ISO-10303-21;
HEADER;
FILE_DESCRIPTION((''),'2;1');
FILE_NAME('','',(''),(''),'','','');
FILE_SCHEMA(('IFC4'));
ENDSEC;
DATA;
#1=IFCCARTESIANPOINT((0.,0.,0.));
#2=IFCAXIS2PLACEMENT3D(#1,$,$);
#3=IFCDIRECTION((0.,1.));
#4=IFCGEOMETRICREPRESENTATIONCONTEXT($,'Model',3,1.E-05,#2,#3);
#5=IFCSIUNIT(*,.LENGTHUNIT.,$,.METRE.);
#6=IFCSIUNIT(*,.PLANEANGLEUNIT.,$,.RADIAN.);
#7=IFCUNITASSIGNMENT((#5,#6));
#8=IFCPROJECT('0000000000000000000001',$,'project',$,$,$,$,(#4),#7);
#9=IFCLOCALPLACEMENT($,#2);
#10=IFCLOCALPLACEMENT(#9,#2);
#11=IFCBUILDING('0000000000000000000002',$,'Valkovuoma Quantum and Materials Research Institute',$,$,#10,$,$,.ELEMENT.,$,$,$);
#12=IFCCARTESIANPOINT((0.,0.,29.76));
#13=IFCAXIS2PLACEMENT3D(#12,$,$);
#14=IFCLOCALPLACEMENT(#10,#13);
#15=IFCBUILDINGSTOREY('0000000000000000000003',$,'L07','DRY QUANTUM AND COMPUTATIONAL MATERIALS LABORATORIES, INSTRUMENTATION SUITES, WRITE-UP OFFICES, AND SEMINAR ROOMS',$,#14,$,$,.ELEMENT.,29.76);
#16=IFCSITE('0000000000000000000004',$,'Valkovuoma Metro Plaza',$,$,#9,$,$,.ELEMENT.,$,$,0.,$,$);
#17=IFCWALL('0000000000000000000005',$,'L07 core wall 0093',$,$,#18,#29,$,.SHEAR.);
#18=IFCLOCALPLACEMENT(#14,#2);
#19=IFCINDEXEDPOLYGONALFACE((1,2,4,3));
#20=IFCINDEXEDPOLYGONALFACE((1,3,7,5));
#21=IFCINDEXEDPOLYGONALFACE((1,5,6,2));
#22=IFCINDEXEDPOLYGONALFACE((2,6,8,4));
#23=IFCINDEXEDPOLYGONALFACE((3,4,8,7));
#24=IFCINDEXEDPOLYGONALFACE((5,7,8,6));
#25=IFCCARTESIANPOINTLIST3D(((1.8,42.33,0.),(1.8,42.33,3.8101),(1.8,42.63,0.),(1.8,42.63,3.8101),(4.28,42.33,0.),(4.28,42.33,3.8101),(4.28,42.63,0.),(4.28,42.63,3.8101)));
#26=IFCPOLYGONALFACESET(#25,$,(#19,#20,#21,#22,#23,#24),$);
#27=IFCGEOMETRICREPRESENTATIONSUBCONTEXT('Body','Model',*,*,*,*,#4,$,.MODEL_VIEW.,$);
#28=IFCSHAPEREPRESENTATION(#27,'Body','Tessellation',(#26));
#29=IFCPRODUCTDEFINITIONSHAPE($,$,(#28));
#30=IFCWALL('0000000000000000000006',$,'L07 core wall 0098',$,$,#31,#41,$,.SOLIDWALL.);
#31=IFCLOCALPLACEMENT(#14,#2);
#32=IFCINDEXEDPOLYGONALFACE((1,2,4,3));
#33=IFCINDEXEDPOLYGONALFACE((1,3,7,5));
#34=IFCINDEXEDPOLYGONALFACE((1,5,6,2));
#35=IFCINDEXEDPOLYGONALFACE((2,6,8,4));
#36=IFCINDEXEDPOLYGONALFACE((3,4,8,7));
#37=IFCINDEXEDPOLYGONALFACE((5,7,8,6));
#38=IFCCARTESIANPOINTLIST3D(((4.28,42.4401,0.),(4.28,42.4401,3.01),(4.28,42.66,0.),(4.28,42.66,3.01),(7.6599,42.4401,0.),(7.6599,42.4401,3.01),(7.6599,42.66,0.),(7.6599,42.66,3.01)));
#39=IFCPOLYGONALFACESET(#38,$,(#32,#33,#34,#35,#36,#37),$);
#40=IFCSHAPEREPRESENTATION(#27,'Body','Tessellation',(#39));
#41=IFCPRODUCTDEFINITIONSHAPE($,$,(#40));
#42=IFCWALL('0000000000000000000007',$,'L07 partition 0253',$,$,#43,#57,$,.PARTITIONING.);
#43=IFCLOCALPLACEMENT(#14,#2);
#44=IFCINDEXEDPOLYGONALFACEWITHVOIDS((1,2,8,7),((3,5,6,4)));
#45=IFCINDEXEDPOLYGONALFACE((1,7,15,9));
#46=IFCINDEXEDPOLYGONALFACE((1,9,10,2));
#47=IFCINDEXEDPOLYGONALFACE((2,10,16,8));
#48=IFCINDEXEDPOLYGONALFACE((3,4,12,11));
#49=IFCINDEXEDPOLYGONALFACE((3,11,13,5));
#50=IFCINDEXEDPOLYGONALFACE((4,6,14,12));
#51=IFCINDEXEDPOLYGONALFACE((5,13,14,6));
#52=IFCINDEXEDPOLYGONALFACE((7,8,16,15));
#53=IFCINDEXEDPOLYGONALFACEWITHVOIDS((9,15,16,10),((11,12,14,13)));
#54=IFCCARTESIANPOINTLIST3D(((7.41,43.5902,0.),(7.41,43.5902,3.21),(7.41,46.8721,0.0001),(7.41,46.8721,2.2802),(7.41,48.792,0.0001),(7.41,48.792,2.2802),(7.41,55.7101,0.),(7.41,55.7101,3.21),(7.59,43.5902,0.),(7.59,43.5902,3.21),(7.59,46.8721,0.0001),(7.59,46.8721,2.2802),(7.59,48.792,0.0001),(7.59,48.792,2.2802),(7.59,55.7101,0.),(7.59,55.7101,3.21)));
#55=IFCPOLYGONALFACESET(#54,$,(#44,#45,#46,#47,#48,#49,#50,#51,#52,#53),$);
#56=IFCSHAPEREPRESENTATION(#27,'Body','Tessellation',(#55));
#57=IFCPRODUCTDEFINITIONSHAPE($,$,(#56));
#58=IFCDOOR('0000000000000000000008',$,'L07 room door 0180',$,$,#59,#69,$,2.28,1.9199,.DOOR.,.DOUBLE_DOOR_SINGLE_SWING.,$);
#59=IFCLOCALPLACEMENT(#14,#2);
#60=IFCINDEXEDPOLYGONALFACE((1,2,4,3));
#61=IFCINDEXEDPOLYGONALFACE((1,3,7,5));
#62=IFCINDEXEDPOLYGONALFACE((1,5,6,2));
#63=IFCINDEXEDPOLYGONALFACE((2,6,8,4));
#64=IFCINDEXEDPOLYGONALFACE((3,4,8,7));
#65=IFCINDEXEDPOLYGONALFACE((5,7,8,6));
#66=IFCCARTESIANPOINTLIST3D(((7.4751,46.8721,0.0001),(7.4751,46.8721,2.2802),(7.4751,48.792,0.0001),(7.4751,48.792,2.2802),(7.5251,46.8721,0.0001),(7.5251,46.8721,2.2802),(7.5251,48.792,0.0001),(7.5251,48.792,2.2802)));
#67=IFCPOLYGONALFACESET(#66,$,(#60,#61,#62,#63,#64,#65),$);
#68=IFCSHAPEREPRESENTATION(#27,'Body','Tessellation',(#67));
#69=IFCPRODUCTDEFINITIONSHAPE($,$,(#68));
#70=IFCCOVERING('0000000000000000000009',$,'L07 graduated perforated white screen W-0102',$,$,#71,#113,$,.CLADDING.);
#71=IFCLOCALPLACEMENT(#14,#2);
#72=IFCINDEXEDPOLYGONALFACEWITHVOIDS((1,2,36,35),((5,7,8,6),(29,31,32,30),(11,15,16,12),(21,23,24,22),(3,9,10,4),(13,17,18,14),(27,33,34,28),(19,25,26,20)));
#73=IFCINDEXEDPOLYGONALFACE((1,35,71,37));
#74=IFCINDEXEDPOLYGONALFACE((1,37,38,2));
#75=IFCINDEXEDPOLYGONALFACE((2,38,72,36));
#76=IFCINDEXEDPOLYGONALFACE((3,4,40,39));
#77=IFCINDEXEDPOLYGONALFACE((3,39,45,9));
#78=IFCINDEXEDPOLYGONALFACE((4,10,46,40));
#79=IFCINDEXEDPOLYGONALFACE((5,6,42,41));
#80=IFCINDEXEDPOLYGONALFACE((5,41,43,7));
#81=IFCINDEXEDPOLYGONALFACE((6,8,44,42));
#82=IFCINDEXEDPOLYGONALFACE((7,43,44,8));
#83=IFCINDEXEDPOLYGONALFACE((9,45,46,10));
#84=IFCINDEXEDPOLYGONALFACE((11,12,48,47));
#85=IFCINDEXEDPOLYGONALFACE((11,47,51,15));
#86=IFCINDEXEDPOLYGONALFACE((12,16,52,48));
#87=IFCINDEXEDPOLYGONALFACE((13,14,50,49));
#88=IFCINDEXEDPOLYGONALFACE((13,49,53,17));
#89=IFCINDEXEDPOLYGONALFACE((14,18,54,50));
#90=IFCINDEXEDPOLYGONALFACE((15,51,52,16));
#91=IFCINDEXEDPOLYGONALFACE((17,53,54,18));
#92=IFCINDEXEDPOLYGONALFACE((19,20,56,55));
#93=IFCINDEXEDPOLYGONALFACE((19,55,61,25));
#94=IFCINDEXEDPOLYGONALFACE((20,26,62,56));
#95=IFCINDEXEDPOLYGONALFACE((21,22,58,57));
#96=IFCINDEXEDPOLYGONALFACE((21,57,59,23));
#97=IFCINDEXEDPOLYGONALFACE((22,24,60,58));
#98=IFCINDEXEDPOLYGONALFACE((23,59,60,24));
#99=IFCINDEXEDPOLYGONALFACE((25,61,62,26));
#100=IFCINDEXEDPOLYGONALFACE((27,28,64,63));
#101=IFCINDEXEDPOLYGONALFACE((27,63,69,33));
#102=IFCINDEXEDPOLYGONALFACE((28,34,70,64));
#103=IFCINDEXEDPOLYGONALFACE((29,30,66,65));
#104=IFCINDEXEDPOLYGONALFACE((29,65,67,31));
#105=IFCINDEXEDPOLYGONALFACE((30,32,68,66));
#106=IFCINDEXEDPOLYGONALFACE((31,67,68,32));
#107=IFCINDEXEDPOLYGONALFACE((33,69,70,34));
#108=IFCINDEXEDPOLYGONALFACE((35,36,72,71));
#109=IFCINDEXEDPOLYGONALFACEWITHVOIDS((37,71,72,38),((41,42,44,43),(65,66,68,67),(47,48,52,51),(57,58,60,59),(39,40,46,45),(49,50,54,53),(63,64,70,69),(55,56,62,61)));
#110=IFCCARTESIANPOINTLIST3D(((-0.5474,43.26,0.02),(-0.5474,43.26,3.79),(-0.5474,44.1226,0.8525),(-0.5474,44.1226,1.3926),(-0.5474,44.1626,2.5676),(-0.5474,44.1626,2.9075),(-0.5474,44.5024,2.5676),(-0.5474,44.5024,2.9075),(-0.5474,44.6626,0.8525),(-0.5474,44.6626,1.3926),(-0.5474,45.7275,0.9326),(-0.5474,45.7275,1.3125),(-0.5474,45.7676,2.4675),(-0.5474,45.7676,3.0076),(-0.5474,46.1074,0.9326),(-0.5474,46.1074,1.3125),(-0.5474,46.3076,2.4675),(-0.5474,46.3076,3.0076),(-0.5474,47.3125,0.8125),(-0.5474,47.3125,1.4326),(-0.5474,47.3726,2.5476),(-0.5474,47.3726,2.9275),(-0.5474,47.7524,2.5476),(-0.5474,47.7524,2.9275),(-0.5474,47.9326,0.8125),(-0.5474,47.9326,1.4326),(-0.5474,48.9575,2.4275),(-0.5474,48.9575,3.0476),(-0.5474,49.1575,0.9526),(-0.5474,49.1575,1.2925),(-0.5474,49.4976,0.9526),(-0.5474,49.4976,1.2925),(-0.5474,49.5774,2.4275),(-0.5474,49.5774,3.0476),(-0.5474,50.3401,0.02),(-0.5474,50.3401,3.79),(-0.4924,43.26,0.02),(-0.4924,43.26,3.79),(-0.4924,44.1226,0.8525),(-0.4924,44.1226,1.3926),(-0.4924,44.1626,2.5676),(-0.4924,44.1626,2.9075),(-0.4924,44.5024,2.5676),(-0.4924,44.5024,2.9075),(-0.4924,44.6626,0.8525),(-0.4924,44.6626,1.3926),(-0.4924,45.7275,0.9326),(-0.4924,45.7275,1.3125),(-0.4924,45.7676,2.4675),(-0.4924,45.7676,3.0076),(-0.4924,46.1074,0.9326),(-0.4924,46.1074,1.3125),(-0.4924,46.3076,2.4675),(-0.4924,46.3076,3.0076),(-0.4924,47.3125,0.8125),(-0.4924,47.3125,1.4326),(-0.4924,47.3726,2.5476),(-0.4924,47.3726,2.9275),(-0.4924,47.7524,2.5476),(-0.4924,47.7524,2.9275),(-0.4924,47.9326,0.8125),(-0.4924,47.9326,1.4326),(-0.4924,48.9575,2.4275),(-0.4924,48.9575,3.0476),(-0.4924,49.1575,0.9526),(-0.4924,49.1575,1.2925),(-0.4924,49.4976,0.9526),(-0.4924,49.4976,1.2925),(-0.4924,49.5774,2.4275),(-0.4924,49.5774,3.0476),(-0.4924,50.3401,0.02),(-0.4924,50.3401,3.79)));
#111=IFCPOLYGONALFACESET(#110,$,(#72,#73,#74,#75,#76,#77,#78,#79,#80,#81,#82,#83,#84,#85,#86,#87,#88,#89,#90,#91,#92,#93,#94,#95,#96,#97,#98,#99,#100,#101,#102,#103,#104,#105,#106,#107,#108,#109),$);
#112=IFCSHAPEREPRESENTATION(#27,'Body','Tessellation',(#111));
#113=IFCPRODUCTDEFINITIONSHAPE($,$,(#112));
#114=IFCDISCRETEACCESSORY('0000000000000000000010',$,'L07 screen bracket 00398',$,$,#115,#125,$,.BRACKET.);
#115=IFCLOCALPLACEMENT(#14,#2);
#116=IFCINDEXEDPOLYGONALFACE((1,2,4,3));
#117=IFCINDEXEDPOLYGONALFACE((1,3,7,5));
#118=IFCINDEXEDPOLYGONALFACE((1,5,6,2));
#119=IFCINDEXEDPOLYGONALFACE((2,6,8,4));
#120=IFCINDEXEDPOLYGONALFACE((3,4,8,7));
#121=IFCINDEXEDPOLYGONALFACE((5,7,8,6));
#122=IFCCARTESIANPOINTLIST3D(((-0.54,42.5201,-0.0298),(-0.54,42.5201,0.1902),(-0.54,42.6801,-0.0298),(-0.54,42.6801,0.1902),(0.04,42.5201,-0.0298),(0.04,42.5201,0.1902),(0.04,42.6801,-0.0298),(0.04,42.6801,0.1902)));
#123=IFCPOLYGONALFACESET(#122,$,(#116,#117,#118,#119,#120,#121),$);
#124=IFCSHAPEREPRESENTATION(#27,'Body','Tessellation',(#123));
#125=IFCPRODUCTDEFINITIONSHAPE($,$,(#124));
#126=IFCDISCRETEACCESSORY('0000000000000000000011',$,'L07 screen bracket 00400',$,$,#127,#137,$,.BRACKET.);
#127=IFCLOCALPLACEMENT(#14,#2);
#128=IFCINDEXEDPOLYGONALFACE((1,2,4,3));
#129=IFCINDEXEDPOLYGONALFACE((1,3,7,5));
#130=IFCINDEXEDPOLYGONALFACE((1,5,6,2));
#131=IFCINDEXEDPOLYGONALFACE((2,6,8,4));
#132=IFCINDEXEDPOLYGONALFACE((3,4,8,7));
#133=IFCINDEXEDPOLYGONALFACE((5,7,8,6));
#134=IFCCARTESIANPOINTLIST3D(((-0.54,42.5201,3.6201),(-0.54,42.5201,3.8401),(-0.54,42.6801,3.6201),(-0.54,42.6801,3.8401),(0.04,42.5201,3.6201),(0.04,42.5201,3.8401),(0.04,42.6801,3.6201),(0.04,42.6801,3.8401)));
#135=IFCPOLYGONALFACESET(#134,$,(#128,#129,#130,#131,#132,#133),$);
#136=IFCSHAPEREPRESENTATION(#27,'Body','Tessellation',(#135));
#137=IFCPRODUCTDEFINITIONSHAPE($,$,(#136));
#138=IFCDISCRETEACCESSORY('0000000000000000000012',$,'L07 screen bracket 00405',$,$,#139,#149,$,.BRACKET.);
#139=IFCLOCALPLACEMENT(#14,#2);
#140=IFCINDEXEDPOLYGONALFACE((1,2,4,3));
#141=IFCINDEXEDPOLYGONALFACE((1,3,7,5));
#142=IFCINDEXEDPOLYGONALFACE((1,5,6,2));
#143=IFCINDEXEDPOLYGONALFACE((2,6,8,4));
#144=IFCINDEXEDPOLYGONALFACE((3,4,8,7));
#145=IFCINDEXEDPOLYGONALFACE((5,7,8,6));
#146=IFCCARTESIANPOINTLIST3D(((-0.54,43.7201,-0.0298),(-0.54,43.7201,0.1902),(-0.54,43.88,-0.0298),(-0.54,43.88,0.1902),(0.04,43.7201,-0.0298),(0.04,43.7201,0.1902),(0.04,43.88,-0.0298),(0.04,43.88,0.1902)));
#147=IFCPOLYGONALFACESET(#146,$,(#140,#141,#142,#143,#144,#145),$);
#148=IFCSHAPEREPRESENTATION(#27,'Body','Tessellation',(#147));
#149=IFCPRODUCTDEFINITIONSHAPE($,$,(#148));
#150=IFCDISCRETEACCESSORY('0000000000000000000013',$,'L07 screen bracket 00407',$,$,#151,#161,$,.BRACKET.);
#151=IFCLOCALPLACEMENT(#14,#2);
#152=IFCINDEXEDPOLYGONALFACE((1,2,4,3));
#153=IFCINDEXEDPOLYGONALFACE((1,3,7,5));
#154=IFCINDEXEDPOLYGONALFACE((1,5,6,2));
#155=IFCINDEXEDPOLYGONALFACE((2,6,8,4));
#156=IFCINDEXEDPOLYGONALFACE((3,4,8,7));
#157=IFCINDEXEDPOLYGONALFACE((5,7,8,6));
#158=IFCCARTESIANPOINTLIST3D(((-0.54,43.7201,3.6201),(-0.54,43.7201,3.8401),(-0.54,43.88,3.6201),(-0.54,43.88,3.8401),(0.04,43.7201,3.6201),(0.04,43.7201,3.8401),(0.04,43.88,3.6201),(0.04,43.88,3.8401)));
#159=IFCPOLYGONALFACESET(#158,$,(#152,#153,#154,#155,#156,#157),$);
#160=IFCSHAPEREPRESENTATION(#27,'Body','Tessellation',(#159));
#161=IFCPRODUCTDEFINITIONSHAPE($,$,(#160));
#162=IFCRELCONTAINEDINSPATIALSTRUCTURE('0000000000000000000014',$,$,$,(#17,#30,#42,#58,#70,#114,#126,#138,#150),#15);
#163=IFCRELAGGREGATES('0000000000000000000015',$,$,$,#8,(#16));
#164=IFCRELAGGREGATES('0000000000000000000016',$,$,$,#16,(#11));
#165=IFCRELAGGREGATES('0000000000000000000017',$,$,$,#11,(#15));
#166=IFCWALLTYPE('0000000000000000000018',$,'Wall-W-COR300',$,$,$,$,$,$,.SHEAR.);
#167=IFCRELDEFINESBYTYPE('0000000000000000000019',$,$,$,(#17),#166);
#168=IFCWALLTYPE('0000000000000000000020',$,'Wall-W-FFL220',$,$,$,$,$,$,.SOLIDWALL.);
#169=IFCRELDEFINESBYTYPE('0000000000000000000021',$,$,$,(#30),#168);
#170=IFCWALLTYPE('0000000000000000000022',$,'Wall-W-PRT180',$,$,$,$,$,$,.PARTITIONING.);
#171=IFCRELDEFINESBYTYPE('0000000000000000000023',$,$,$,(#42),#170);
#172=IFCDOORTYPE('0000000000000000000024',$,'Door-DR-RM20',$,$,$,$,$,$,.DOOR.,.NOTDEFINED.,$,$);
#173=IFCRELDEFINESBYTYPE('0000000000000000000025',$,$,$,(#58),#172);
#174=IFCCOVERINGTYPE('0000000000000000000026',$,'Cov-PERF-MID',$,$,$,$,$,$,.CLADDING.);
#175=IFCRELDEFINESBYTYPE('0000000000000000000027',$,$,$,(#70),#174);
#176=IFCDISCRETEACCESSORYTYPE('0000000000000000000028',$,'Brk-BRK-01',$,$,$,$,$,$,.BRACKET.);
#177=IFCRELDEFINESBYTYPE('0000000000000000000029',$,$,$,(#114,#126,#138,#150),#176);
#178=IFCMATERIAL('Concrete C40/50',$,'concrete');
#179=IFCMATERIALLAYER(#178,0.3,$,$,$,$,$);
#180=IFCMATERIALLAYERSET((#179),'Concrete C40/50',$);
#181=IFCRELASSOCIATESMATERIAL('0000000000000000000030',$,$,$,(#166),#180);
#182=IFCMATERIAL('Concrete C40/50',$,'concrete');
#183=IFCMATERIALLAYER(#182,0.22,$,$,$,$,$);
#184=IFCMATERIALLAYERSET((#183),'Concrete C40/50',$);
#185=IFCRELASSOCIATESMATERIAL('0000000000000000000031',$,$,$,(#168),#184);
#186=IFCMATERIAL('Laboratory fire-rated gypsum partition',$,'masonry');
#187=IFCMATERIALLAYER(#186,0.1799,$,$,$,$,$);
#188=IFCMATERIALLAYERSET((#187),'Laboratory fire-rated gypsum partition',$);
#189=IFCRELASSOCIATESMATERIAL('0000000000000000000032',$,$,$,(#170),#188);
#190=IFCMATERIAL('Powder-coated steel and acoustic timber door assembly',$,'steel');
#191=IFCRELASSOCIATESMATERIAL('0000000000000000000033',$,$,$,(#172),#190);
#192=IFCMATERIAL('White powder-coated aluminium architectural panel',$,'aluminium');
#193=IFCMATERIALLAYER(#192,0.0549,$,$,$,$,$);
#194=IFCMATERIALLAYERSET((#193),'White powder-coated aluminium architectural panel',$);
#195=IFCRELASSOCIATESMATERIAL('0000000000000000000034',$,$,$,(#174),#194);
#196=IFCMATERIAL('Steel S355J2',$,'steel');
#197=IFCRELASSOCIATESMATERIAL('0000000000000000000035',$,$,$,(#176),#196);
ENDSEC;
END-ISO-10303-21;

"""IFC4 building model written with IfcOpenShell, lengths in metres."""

from ifc_helpers import new_model, si_unit, direction, frame, frame_2d, origin, origin_2d, place, context, subcontext, project, spatial, polyline, rectangle, outline, extrude, material, layer, layer_set, type_object, element, fill, save


model = new_model("IFC4")

# Units and contexts
model_context = context("Model", 3, precision=1e-05, world=origin(), true_north=direction((0.0, 1.0)))
body_context = subcontext(model_context, "Body", "Model", "MODEL_VIEW")
ifc_project = project(units=[si_unit("LENGTHUNIT", "METRE"), si_unit("PLANEANGLEUNIT", "RADIAN")], contexts=[model_context])

# Site, building, storey
site_placement = place(None, origin())
site = spatial("IfcSite", under=ifc_project, at=site_placement, Name="Valkovuoma Metro Plaza", CompositionType="ELEMENT", RefElevation=0.0)
building_placement = place(site_placement, origin())
building = spatial("IfcBuilding", under=site, at=building_placement, Name="Valkovuoma Quantum and Materials Research Institute", CompositionType="ELEMENT")
storey_placement = place(building_placement, frame((0.0, 0.0, 29.76)))
storey = spatial("IfcBuildingStorey", under=building, at=storey_placement, Name="L07", Description="DRY QUANTUM AND COMPUTATIONAL MATERIALS LABORATORIES, INSTRUMENTATION SUITES, WRITE-UP OFFICES, AND SEMINAR ROOMS", CompositionType="ELEMENT", Elevation=29.76)

# Walls
ifc_material_1 = material(Name="Concrete C40/50", Category="concrete")
ifc_layer_1 = layer(ifc_material_1, 0.3)
ifc_layer_set_1 = layer_set([ifc_layer_1], Name="Concrete C40/50")
wall_type_1 = type_object("IfcWallType", Name="Wall-W-COR300", PredefinedType="SHEAR", material=ifc_layer_set_1)
wall_1_placement = place(storey_placement, frame((1.8, 42.48, 0.0), z_axis=(0.0, 0.0, 1.0), x_axis=(1.0, 0.0, 0.0)))
element("IfcWall", 1, at=wall_1_placement, inside=storey, type_object=wall_type_1, Name="L07 core wall 0093", PredefinedType="SHEAR", context=body_context, shape_type="SweptSolid", body=[
    extrude(rectangle(XDim=2.48, YDim=0.3, at=frame_2d((1.24, 0.0))), origin(), (0.0, 0.0, 1.0), 3.8101),
])
ifc_material_2 = material(Name="Concrete C40/50", Category="concrete")
ifc_layer_2 = layer(ifc_material_2, 0.22)
ifc_layer_set_2 = layer_set([ifc_layer_2], Name="Concrete C40/50")
wall_type_2 = type_object("IfcWallType", Name="Wall-W-FFL220", PredefinedType="SOLIDWALL", material=ifc_layer_set_2)
wall_2_placement = place(storey_placement, frame((4.28, 42.55, 0.0), z_axis=(0.0, 0.0, 1.0), x_axis=(1.0, 0.0, 0.0)))
element("IfcWall", 2, at=wall_2_placement, inside=storey, type_object=wall_type_2, Name="L07 core wall 0098", PredefinedType="SOLIDWALL", context=body_context, shape_type="SweptSolid", body=[
    extrude(rectangle(XDim=3.3799, YDim=0.22, at=frame_2d((1.6899, 0.0))), origin(), (0.0, 0.0, 1.0), 3.01),
])

# Wall, opening, door
ifc_material_3 = material(Name="Laboratory fire-rated gypsum partition", Category="masonry")
ifc_layer_3 = layer(ifc_material_3, 0.1799)
ifc_layer_set_3 = layer_set([ifc_layer_3], Name="Laboratory fire-rated gypsum partition")
wall_type_3 = type_object("IfcWallType", Name="Wall-W-PRT180", PredefinedType="PARTITIONING", material=ifc_layer_set_3)
wall_3_placement = place(storey_placement, frame((7.5, 43.5901, 0.0), z_axis=(0.0, 0.0, 1.0), x_axis=(0.0, 1.0, 0.0)))
wall_3 = element("IfcWall", 3, at=wall_3_placement, inside=storey, type_object=wall_type_3, Name="L07 partition 0253", PredefinedType="PARTITIONING", context=body_context, shape_type="SweptSolid", body=[
    extrude(rectangle(XDim=12.1199, YDim=0.1799, at=frame_2d((6.0601, 0.0))), origin(), (0.0, 0.0, 1.0), 3.21),
])
opening_placement = place(wall_3_placement, frame((3.282, 0.0, 0.0)))
opening = element("IfcOpeningElement", 4, at=opening_placement, cuts=wall_3, PredefinedType="OPENING", context=body_context, shape_type="SweptSolid", body=[
    extrude(rectangle(XDim=1.9199, YDim=2.28, at=frame_2d((0.96, 1.1401))), frame((0.0, 0.1001, 0.0), z_axis=(0.0, -1.0, 0.0), x_axis=(1.0, 0.0, 0.0)), (0.0, 0.0, 1.0), 0.2),
])
ifc_material_4 = material(Name="Powder-coated steel and acoustic timber door assembly", Category="steel")
door_type = type_object("IfcDoorType", Name="Door-DR-RM20", OperationType="NOTDEFINED", PredefinedType="DOOR", material=ifc_material_4)
door_placement = place(opening_placement, origin())
door = element("IfcDoor", 5, at=door_placement, inside=storey, type_object=door_type, Name="L07 room door 0180", OperationType="DOUBLE_DOOR_SINGLE_SWING", OverallHeight=2.28, OverallWidth=1.9199, PredefinedType="DOOR", context=body_context, shape_type="SweptSolid", body=[
    extrude(rectangle(XDim=1.9199, YDim=2.28, at=frame_2d((0.96, 1.1401))), frame((0.0, 0.0249, 0.0), z_axis=(0.0, -1.0, 0.0), x_axis=(1.0, 0.0, 0.0)), (0.0, 0.0, 1.0), 0.05),
])
fill(opening, door)

# Covering
ifc_material_5 = material(Name="White powder-coated aluminium architectural panel", Category="aluminium")
ifc_layer_4 = layer(ifc_material_5, 0.0549)
ifc_layer_set_4 = layer_set([ifc_layer_4], Name="White powder-coated aluminium architectural panel")
covering_type = type_object("IfcCoveringType", Name="Cov-PERF-MID", PredefinedType="CLADDING", material=ifc_layer_set_4)
covering_placement = place(storey_placement, frame((-0.52, 43.26, 0.02), z_axis=(0.0, 0.0, 1.0), x_axis=(0.0, 1.0, 0.0)))
element("IfcCovering", 6, at=covering_placement, inside=storey, type_object=covering_type, Name="L07 graduated perforated white screen W-0102", PredefinedType="CLADDING", context=body_context, shape_type="SweptSolid", body=[
    extrude(outline(polyline([(0.0, 0.0), (7.0801, 0.0), (7.0801, 3.77), (0.0, 3.77), (0.0, 0.0)]), holes=[polyline([(0.8625, 0.8325), (0.8625, 1.3726), (1.4026, 1.3726), (1.4026, 0.8325), (0.8625, 0.8325)]), polyline([(0.9026, 2.5476), (0.9026, 2.8875), (1.2424, 2.8875), (1.2424, 2.5476), (0.9026, 2.5476)]), polyline([(2.4675, 0.9126), (2.4675, 1.2925), (2.8474, 1.2925), (2.8474, 0.9126), (2.4675, 0.9126)]), polyline([(2.5076, 2.4475), (2.5076, 2.9875), (3.0476, 2.9875), (3.0476, 2.4475), (2.5076, 2.4475)]), polyline([(4.0525, 0.7925), (4.0525, 1.4126), (4.6726, 1.4126), (4.6726, 0.7925), (4.0525, 0.7925)]), polyline([(4.1125, 2.5276), (4.1125, 2.9075), (4.4924, 2.9075), (4.4924, 2.5276), (4.1125, 2.5276)]), polyline([(5.8975, 0.9326), (5.8975, 1.2725), (6.2375, 1.2725), (6.2375, 0.9326), (5.8975, 0.9326)]), polyline([(5.6975, 2.4075), (5.6975, 3.0276), (6.3174, 3.0276), (6.3174, 2.4075), (5.6975, 2.4075)])]), frame((0.0, 0.0273, 0.0), z_axis=(0.0, -1.0, 0.0), x_axis=(1.0, 0.0, 0.0)), (0.0, 0.0, 1.0), 0.0549),
])

# Discrete accessories
ifc_material_6 = material(Name="Steel S355J2", Category="steel")
discrete_accessory_type = type_object("IfcDiscreteAccessoryType", Name="Brk-BRK-01", PredefinedType="BRACKET", material=ifc_material_6)
for number, where, z_axis, x_axis, name in (
    (7, (-0.25, 42.6001, -0.0298), (0.0, 0.0, 1.0), (1.0, 0.0, 0.0), "L07 screen bracket 00398"),
    (8, (-0.25, 42.6001, 3.6201), (0.0, 0.0, 1.0), (1.0, 0.0, 0.0), "L07 screen bracket 00400"),
    (9, (-0.25, 43.8, -0.0298), (0.0, 0.0, 1.0), (1.0, 0.0, 0.0), "L07 screen bracket 00405"),
    (10, (-0.25, 43.8, 3.6201), (0.0, 0.0, 1.0), (1.0, 0.0, 0.0), "L07 screen bracket 00407"),
):
    element("IfcDiscreteAccessory", number, at=place(storey_placement, frame(where, z_axis=z_axis, x_axis=x_axis)), inside=storey, type_object=discrete_accessory_type, Name=name, PredefinedType="BRACKET", context=body_context, shape_type="SweptSolid", body=[
        extrude(rectangle(XDim=0.5801, YDim=0.1599, at=origin_2d()), origin(), (0.0, 0.0, 1.0), 0.22),
    ])

save(model, "model.ifc")
